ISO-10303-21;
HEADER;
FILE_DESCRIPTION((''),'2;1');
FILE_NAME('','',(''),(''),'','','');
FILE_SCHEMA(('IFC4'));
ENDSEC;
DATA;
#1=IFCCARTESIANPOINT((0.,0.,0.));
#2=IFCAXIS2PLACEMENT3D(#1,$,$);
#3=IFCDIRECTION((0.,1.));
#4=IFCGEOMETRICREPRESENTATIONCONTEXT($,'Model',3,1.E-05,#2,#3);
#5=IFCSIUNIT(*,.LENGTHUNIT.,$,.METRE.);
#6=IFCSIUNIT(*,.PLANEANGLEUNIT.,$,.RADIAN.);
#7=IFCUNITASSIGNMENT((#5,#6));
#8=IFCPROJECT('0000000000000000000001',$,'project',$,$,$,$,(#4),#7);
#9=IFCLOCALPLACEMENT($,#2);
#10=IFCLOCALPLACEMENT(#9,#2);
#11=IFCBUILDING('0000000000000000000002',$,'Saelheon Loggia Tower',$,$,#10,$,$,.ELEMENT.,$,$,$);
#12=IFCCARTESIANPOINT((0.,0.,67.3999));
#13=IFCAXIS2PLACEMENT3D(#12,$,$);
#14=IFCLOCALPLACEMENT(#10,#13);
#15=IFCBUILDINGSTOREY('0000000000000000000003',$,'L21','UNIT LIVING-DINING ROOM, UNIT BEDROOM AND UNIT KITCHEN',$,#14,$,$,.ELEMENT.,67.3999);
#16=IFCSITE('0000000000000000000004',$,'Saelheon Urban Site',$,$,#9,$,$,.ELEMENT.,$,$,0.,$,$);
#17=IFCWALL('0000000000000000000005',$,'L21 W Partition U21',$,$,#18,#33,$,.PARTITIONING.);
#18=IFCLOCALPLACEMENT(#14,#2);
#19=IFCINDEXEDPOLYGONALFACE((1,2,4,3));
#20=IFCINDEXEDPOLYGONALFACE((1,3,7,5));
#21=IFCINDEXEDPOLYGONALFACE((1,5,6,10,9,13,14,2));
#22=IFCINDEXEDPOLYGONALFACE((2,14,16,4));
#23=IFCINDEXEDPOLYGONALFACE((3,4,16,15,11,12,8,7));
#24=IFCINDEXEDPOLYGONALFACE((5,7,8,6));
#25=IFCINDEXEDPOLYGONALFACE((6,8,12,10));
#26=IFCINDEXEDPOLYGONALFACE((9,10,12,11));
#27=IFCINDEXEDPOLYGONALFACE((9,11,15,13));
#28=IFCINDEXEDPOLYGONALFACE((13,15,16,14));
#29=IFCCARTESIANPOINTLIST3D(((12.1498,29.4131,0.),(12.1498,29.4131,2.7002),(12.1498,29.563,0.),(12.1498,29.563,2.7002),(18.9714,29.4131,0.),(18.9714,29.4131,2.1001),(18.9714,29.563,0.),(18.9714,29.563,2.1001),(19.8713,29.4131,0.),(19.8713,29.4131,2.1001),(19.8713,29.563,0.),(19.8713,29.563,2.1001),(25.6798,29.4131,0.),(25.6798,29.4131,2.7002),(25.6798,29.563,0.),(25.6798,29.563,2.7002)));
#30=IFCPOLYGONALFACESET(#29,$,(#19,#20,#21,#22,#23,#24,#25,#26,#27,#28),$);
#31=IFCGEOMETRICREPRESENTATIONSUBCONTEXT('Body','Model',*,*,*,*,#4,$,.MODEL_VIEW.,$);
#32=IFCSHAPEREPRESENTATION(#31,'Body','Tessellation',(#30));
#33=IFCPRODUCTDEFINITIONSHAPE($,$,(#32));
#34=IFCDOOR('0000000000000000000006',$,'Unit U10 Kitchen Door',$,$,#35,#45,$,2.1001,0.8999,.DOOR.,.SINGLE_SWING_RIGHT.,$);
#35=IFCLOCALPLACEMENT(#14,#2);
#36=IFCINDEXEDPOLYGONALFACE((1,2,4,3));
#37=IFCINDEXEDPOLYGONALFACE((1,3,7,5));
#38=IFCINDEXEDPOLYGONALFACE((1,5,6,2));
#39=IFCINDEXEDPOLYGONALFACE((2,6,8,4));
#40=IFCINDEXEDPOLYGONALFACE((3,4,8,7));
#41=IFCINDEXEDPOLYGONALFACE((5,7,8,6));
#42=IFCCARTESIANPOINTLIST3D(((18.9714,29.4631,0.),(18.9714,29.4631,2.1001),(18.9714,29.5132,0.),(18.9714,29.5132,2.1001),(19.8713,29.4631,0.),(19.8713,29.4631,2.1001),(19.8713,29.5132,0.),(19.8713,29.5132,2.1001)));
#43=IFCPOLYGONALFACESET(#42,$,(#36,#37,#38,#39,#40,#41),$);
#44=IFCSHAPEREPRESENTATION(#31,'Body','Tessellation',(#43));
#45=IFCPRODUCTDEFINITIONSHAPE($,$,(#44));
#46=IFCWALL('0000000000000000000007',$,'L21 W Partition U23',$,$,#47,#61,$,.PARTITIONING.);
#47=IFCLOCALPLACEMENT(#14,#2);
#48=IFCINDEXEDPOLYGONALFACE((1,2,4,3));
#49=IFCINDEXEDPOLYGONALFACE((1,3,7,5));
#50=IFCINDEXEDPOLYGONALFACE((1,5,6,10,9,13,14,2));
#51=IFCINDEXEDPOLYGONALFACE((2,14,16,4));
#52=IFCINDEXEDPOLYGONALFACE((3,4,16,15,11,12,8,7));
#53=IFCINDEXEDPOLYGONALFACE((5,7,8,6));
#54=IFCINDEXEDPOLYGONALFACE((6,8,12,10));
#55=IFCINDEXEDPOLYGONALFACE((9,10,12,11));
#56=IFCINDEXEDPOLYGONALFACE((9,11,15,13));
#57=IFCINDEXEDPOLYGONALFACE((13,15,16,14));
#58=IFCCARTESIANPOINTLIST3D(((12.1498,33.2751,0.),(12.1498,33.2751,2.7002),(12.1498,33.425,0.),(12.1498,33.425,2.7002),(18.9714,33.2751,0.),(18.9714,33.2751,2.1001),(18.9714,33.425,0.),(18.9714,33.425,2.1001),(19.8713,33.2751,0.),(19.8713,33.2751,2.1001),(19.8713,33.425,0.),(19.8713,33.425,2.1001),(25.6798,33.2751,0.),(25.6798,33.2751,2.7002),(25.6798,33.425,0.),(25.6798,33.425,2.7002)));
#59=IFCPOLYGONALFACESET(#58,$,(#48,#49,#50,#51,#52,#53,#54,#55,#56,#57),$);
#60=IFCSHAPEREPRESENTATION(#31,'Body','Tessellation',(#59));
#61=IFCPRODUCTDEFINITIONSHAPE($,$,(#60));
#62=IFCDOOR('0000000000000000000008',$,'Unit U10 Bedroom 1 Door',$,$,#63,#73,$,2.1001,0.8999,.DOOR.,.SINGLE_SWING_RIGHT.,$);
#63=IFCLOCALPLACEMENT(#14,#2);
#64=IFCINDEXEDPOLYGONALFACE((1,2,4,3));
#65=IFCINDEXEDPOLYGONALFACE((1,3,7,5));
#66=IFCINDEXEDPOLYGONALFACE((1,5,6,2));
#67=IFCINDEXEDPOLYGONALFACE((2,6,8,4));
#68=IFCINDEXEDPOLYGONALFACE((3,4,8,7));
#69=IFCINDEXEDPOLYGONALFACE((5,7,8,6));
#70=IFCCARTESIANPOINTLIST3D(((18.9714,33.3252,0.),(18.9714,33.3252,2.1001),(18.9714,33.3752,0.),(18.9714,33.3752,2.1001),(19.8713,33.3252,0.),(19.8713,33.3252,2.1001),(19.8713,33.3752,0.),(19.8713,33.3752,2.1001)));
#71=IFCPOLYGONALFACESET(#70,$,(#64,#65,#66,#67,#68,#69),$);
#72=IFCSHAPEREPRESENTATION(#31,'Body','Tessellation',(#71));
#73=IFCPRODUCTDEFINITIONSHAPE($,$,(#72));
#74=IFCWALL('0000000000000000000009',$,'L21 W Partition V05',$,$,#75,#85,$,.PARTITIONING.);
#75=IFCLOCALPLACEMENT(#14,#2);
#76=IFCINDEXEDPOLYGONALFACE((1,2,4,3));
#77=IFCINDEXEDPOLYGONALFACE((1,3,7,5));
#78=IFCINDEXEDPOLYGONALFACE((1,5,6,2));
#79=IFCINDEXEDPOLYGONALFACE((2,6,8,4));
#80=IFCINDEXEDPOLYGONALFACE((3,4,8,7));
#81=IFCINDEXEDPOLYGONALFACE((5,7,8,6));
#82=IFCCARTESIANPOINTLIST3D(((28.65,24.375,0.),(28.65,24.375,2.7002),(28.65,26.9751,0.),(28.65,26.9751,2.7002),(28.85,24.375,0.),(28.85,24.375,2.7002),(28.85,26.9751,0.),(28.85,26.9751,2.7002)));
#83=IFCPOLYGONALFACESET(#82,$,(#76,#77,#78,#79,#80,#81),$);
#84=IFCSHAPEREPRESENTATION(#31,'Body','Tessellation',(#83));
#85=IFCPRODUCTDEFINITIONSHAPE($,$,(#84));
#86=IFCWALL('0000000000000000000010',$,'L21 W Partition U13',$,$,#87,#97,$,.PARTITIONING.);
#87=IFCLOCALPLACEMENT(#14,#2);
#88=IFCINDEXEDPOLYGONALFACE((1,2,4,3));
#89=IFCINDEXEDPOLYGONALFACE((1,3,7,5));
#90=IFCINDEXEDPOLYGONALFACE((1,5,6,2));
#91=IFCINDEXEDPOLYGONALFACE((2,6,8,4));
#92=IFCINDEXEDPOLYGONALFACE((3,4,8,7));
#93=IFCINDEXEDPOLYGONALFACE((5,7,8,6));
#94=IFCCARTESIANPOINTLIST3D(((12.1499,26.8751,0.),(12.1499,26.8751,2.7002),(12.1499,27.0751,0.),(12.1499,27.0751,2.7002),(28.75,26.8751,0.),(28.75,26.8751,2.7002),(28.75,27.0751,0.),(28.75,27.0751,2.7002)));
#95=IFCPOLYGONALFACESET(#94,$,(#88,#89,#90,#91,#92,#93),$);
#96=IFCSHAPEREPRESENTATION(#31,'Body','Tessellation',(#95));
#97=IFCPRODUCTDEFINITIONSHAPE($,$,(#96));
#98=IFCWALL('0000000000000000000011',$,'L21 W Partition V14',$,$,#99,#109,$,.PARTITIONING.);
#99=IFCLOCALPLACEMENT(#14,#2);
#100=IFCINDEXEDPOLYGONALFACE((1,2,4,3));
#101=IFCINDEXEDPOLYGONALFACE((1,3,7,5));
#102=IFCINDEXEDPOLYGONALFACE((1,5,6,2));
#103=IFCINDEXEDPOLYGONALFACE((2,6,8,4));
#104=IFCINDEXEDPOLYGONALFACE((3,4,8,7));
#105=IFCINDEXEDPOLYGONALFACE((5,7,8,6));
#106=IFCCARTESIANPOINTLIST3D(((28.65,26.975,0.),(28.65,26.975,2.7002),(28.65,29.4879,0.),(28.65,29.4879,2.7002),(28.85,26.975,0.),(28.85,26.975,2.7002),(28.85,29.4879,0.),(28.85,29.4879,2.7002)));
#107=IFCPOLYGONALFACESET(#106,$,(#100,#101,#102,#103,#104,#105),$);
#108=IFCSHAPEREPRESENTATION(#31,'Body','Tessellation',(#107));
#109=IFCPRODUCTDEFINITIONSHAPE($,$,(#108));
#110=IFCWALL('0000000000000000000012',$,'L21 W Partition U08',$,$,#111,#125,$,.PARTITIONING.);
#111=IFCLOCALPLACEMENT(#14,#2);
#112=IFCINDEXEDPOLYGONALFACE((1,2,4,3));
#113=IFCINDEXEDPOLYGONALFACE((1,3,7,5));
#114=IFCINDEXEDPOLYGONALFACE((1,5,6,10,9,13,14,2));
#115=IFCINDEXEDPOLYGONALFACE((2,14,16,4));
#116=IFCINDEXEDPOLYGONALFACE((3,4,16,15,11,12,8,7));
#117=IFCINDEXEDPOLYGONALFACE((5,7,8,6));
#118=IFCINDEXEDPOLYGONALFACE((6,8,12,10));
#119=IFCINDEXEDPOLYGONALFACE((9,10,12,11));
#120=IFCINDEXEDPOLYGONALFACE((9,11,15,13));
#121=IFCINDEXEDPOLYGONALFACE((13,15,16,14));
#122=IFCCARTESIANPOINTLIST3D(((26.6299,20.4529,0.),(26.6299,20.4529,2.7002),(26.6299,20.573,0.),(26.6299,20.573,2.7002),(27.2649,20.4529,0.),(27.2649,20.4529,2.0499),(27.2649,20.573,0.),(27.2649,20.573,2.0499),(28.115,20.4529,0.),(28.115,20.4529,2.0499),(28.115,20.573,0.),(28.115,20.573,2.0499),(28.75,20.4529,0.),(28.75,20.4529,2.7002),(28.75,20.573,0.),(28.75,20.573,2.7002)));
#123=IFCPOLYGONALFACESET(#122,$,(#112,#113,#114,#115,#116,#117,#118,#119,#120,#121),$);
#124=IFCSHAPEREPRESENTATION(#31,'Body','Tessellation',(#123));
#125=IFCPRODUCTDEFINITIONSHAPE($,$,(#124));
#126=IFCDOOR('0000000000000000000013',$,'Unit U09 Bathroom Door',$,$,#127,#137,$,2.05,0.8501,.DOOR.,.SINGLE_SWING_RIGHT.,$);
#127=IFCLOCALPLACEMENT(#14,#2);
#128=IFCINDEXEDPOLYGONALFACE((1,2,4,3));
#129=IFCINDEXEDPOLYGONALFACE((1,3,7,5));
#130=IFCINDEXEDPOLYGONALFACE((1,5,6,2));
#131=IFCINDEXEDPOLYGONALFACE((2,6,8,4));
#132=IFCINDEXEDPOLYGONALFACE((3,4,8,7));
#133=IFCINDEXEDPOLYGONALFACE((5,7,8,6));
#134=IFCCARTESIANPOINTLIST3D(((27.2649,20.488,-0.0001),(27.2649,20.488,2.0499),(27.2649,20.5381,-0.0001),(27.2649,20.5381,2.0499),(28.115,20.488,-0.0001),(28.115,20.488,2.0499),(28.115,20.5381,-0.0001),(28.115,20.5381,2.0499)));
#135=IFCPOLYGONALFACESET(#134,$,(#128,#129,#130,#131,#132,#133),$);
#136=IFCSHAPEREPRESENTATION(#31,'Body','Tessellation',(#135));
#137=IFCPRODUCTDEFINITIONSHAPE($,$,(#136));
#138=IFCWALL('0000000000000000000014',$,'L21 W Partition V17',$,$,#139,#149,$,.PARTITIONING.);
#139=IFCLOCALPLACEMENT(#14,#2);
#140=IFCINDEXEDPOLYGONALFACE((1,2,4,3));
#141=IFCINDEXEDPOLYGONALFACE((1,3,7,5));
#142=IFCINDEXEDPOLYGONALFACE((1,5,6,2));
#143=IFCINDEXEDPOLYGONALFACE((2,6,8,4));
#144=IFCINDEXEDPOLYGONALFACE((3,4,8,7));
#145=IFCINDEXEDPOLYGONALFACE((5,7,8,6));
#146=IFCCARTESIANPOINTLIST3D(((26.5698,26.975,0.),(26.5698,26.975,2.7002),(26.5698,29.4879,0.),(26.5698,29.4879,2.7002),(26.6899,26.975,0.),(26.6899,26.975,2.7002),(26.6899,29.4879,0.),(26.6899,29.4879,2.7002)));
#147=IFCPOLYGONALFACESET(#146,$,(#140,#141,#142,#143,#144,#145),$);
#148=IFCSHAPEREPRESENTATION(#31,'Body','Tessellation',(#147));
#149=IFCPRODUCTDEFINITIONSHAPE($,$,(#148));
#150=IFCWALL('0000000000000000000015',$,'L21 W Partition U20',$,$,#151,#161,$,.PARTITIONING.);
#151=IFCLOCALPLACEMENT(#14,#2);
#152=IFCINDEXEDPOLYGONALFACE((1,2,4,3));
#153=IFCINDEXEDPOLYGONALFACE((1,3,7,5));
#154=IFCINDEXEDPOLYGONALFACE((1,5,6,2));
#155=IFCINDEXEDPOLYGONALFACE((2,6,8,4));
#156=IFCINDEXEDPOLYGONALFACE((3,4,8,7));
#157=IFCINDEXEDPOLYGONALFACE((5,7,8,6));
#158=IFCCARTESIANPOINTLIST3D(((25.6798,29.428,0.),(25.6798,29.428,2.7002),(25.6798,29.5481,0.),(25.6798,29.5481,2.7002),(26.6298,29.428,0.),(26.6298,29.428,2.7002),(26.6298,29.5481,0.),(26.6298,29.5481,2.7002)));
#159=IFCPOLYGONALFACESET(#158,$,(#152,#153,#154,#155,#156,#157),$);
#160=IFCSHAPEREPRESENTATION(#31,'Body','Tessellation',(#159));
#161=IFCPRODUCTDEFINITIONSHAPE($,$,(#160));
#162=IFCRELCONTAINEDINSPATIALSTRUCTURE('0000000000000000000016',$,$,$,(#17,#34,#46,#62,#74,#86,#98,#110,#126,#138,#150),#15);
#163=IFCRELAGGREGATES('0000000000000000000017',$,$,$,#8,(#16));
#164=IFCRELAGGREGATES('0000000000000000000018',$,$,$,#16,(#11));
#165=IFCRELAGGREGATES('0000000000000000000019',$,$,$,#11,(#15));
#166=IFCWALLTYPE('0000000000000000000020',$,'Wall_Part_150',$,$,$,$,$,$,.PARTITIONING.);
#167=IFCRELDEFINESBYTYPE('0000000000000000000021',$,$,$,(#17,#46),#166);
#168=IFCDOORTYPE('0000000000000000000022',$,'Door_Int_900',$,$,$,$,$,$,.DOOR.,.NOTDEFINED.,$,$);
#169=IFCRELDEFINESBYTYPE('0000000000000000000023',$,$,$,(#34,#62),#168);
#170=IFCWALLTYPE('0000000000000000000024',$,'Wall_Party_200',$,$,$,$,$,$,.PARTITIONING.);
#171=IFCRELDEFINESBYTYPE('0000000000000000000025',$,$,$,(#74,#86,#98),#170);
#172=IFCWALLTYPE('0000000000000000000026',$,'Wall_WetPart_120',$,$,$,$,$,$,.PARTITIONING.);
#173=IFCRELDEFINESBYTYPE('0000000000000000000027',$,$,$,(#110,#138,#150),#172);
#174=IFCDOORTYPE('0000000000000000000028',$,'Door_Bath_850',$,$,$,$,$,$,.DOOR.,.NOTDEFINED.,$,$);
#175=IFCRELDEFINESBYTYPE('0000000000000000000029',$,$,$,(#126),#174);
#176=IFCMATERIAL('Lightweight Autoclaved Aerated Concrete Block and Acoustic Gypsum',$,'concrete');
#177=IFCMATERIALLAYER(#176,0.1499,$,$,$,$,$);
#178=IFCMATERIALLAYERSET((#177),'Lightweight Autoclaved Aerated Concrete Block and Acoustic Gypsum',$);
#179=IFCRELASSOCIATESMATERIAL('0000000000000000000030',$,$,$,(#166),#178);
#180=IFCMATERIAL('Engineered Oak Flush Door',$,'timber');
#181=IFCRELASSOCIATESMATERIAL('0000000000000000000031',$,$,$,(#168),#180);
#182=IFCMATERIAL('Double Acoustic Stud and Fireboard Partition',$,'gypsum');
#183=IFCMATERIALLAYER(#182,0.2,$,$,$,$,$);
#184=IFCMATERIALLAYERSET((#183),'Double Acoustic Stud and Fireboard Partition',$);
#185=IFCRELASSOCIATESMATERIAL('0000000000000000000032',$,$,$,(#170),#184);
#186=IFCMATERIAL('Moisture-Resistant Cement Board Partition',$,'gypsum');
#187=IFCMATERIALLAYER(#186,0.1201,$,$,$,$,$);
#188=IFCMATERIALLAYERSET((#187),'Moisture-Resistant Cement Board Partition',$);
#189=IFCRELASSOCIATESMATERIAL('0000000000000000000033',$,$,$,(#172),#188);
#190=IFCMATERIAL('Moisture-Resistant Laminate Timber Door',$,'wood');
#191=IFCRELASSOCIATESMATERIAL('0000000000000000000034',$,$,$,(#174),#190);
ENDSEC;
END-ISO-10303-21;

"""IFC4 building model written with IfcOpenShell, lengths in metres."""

from ifc_helpers import new_model, si_unit, direction, frame, frame_2d, origin, place, context, subcontext, project, spatial, rectangle, extrude, source, transform, mapped, material, layer, layer_set, type_object, element, fill, save


model = new_model("IFC4")

# Units and contexts
model_context = context("Model", 3, precision=1e-05, world=origin(), true_north=direction((0.0, 1.0)))
body_context = subcontext(model_context, "Body", "Model", "MODEL_VIEW")
ifc_project = project(units=[si_unit("LENGTHUNIT", "METRE"), si_unit("PLANEANGLEUNIT", "RADIAN")], contexts=[model_context])

# Site, building, storey
site_placement = place(None, origin())
site = spatial("IfcSite", under=ifc_project, at=site_placement, Name="Saelheon Urban Site", CompositionType="ELEMENT", RefElevation=0.0)
building_placement = place(site_placement, origin())
building = spatial("IfcBuilding", under=site, at=building_placement, Name="Saelheon Loggia Tower", CompositionType="ELEMENT")
storey_placement = place(building_placement, frame((0.0, 0.0, 67.3999)))
storey = spatial("IfcBuildingStorey", under=building, at=storey_placement, Name="L21", Description="UNIT LIVING-DINING ROOM, UNIT BEDROOM AND UNIT KITCHEN", CompositionType="ELEMENT", Elevation=67.3999)

# Shared definitions
ifc_material_1 = material(Name="Lightweight Autoclaved Aerated Concrete Block and Acoustic Gypsum", Category="concrete")
ifc_layer_1 = layer(ifc_material_1, 0.1499)
ifc_layer_set_1 = layer_set([ifc_layer_1], Name="Lightweight Autoclaved Aerated Concrete Block and Acoustic Gypsum")
wall_type_1 = type_object("IfcWallType", Name="Wall_Part_150", PredefinedType="PARTITIONING", material=ifc_layer_set_1)

# Shared definitions
ifc_material_2 = material(Name="Engineered Oak Flush Door", Category="timber")
door_type_1 = type_object("IfcDoorType", Name="Door_Int_900", OperationType="NOTDEFINED", PredefinedType="DOOR", material=ifc_material_2)
shared_shape_1 = source(origin(), body_context, "Body", "SweptSolid", [
    extrude(rectangle(XDim=0.8999, YDim=2.1001, at=frame_2d((0.45, 1.05))), frame((0.0, 0.0249, 0.0), z_axis=(0.0, -1.0, 0.0), x_axis=(1.0, 0.0, 0.0)), (0.0, 0.0, 1.0), 0.05),
])

# Walls, openings, doors
wall_1_placement = place(storey_placement, frame((25.6799, 29.488, 0.0), z_axis=(0.0, 0.0, 1.0), x_axis=(-1.0, 0.0, 0.0)))
wall_1 = element("IfcWall", 1, at=wall_1_placement, inside=storey, type_object=wall_type_1, Name="L21 W Partition U21", PredefinedType="PARTITIONING", context=body_context, shape_type="SweptSolid", body=[
    extrude(rectangle(XDim=13.53, YDim=0.1499, at=frame_2d((6.7651, 0.0))), origin(), (0.0, 0.0, 1.0), 2.7002),
])
opening_1_placement = place(wall_1_placement, frame((5.8086, 0.0, 0.0)))
opening_1 = element("IfcOpeningElement", 2, at=opening_1_placement, cuts=wall_1, PredefinedType="OPENING", context=body_context, shape_type="SweptSolid", body=[
    extrude(rectangle(XDim=0.8999, YDim=2.1001, at=frame_2d((0.45, 1.05))), frame((0.0, 0.0869, 0.0), z_axis=(0.0, -1.0, 0.0), x_axis=(1.0, 0.0, 0.0)), (0.0, 0.0, 1.0), 0.1738),
])
door_1_placement = place(opening_1_placement, origin())
door_1 = element("IfcDoor", 3, at=door_1_placement, inside=storey, type_object=door_type_1, Name="Unit U10 Kitchen Door", OperationType="SINGLE_SWING_RIGHT", OverallHeight=2.1001, OverallWidth=0.8999, PredefinedType="DOOR", context=body_context, shape_type="MappedRepresentation", body=[
    mapped(shared_shape_1, transform((0.0, 0.0, 0.0), scale=1.0)),
])
fill(opening_1, door_1)
wall_2_placement = place(storey_placement, frame((25.6799, 33.3501, 0.0), z_axis=(0.0, 0.0, 1.0), x_axis=(-1.0, 0.0, 0.0)))
wall_2 = element("IfcWall", 4, at=wall_2_placement, inside=storey, type_object=wall_type_1, Name="L21 W Partition U23", PredefinedType="PARTITIONING", context=body_context, shape_type="SweptSolid", body=[
    extrude(rectangle(XDim=13.53, YDim=0.1499, at=frame_2d((6.7651, 0.0))), origin(), (0.0, 0.0, 1.0), 2.7002),
])
opening_2_placement = place(wall_2_placement, frame((5.8086, 0.0, 0.0)))
opening_2 = element("IfcOpeningElement", 5, at=opening_2_placement, cuts=wall_2, PredefinedType="OPENING", context=body_context, shape_type="SweptSolid", body=[
    extrude(rectangle(XDim=0.8999, YDim=2.1001, at=frame_2d((0.45, 1.05))), frame((0.0, 0.0869, 0.0), z_axis=(0.0, -1.0, 0.0), x_axis=(1.0, 0.0, 0.0)), (0.0, 0.0, 1.0), 0.1738),
])
door_2_placement = place(opening_2_placement, origin())
door_2 = element("IfcDoor", 6, at=door_2_placement, inside=storey, type_object=door_type_1, Name="Unit U10 Bedroom 1 Door", OperationType="SINGLE_SWING_RIGHT", OverallHeight=2.1001, OverallWidth=0.8999, PredefinedType="DOOR", context=body_context, shape_type="MappedRepresentation", body=[
    mapped(shared_shape_1, transform((0.0, 0.0, 0.0), scale=1.0)),
])
fill(opening_2, door_2)
ifc_material_3 = material(Name="Double Acoustic Stud and Fireboard Partition", Category="gypsum")
ifc_layer_2 = layer(ifc_material_3, 0.2)
ifc_layer_set_2 = layer_set([ifc_layer_2], Name="Double Acoustic Stud and Fireboard Partition")
wall_type_2 = type_object("IfcWallType", Name="Wall_Party_200", PredefinedType="PARTITIONING", material=ifc_layer_set_2)

# Walls
wall_3_placement = place(storey_placement, frame((28.75, 24.375, 0.0), z_axis=(0.0, 0.0, 1.0), x_axis=(0.0, 1.0, 0.0)))
element("IfcWall", 7, at=wall_3_placement, inside=storey, type_object=wall_type_2, Name="L21 W Partition V05", PredefinedType="PARTITIONING", context=body_context, shape_type="SweptSolid", body=[
    extrude(rectangle(XDim=2.6001, YDim=0.2, at=frame_2d((1.3, 0.0))), origin(), (0.0, 0.0, 1.0), 2.7002),
])
wall_4_placement = place(storey_placement, frame((28.75, 26.9751, 0.0), z_axis=(0.0, 0.0, 1.0), x_axis=(-1.0, 0.0, 0.0)))
element("IfcWall", 8, at=wall_4_placement, inside=storey, type_object=wall_type_2, Name="L21 W Partition U13", PredefinedType="PARTITIONING", context=body_context, shape_type="SweptSolid", body=[
    extrude(rectangle(XDim=16.6001, YDim=0.2, at=frame_2d((8.3, 0.0))), origin(), (0.0, 0.0, 1.0), 2.7002),
])
wall_5_placement = place(storey_placement, frame((28.75, 26.9751, 0.0), z_axis=(0.0, 0.0, 1.0), x_axis=(0.0, 1.0, 0.0)))
element("IfcWall", 9, at=wall_5_placement, inside=storey, type_object=wall_type_2, Name="L21 W Partition V14", PredefinedType="PARTITIONING", context=body_context, shape_type="SweptSolid", body=[
    extrude(rectangle(XDim=2.5129, YDim=0.2, at=frame_2d((1.2563, 0.0))), origin(), (0.0, 0.0, 1.0), 2.7002),
])

# Wall, opening, door
ifc_material_4 = material(Name="Moisture-Resistant Cement Board Partition", Category="gypsum")
ifc_layer_3 = layer(ifc_material_4, 0.1201)
ifc_layer_set_3 = layer_set([ifc_layer_3], Name="Moisture-Resistant Cement Board Partition")
wall_type_3 = type_object("IfcWallType", Name="Wall_WetPart_120", PredefinedType="PARTITIONING", material=ifc_layer_set_3)
wall_6_placement = place(storey_placement, frame((28.75, 20.5129, 0.0), z_axis=(0.0, 0.0, 1.0), x_axis=(-1.0, 0.0, 0.0)))
wall_6 = element("IfcWall", 10, at=wall_6_placement, inside=storey, type_object=wall_type_3, Name="L21 W Partition U08", PredefinedType="PARTITIONING", context=body_context, shape_type="SweptSolid", body=[
    extrude(rectangle(XDim=2.1201, YDim=0.1201, at=frame_2d((1.0601, 0.0))), origin(), (0.0, 0.0, 1.0), 2.7002),
])
opening_3_placement = place(wall_6_placement, frame((0.635, 0.0, 0.0)))
opening_3 = element("IfcOpeningElement", 11, at=opening_3_placement, cuts=wall_6, PredefinedType="OPENING", context=body_context, shape_type="SweptSolid", body=[
    extrude(rectangle(XDim=0.8501, YDim=2.05, at=frame_2d((0.425, 1.0249))), frame((0.0, 0.072, 0.0), z_axis=(0.0, -1.0, 0.0), x_axis=(1.0, 0.0, 0.0)), (0.0, 0.0, 1.0), 0.144),
])
ifc_material_5 = material(Name="Moisture-Resistant Laminate Timber Door", Category="wood")
door_type_2 = type_object("IfcDoorType", Name="Door_Bath_850", OperationType="NOTDEFINED", PredefinedType="DOOR", material=ifc_material_5)
shared_shape_2 = source(origin(), body_context, "Body", "SweptSolid", [
    extrude(rectangle(XDim=0.8501, YDim=2.05, at=frame_2d((0.425, 1.0249))), frame((0.0, 0.0249, 0.0), z_axis=(0.0, -1.0, 0.0), x_axis=(1.0, 0.0, 0.0)), (0.0, 0.0, 1.0), 0.05),
])
door_3_placement = place(opening_3_placement, origin())
door_3 = element("IfcDoor", 12, at=door_3_placement, inside=storey, type_object=door_type_2, Name="Unit U09 Bathroom Door", OperationType="SINGLE_SWING_RIGHT", OverallHeight=2.05, OverallWidth=0.8501, PredefinedType="DOOR", context=body_context, shape_type="MappedRepresentation", body=[
    mapped(shared_shape_2, transform((0.0, 0.0, 0.0), scale=1.0)),
])
fill(opening_3, door_3)

# Walls
wall_7_placement = place(storey_placement, frame((26.6299, 26.9751, 0.0), z_axis=(0.0, 0.0, 1.0), x_axis=(0.0, 1.0, 0.0)))
element("IfcWall", 13, at=wall_7_placement, inside=storey, type_object=wall_type_3, Name="L21 W Partition V17", PredefinedType="PARTITIONING", context=body_context, shape_type="SweptSolid", body=[
    extrude(rectangle(XDim=2.5129, YDim=0.1201, at=frame_2d((1.2563, 0.0))), origin(), (0.0, 0.0, 1.0), 2.7002),
])
wall_8_placement = place(storey_placement, frame((26.6299, 29.488, 0.0), z_axis=(0.0, 0.0, 1.0), x_axis=(-1.0, 0.0, 0.0)))
element("IfcWall", 14, at=wall_8_placement, inside=storey, type_object=wall_type_3, Name="L21 W Partition U20", PredefinedType="PARTITIONING", context=body_context, shape_type="SweptSolid", body=[
    extrude(rectangle(XDim=0.95, YDim=0.1201, at=frame_2d((0.4751, 0.0))), origin(), (0.0, 0.0, 1.0), 2.7002),
])

save(model, "model.ifc")
